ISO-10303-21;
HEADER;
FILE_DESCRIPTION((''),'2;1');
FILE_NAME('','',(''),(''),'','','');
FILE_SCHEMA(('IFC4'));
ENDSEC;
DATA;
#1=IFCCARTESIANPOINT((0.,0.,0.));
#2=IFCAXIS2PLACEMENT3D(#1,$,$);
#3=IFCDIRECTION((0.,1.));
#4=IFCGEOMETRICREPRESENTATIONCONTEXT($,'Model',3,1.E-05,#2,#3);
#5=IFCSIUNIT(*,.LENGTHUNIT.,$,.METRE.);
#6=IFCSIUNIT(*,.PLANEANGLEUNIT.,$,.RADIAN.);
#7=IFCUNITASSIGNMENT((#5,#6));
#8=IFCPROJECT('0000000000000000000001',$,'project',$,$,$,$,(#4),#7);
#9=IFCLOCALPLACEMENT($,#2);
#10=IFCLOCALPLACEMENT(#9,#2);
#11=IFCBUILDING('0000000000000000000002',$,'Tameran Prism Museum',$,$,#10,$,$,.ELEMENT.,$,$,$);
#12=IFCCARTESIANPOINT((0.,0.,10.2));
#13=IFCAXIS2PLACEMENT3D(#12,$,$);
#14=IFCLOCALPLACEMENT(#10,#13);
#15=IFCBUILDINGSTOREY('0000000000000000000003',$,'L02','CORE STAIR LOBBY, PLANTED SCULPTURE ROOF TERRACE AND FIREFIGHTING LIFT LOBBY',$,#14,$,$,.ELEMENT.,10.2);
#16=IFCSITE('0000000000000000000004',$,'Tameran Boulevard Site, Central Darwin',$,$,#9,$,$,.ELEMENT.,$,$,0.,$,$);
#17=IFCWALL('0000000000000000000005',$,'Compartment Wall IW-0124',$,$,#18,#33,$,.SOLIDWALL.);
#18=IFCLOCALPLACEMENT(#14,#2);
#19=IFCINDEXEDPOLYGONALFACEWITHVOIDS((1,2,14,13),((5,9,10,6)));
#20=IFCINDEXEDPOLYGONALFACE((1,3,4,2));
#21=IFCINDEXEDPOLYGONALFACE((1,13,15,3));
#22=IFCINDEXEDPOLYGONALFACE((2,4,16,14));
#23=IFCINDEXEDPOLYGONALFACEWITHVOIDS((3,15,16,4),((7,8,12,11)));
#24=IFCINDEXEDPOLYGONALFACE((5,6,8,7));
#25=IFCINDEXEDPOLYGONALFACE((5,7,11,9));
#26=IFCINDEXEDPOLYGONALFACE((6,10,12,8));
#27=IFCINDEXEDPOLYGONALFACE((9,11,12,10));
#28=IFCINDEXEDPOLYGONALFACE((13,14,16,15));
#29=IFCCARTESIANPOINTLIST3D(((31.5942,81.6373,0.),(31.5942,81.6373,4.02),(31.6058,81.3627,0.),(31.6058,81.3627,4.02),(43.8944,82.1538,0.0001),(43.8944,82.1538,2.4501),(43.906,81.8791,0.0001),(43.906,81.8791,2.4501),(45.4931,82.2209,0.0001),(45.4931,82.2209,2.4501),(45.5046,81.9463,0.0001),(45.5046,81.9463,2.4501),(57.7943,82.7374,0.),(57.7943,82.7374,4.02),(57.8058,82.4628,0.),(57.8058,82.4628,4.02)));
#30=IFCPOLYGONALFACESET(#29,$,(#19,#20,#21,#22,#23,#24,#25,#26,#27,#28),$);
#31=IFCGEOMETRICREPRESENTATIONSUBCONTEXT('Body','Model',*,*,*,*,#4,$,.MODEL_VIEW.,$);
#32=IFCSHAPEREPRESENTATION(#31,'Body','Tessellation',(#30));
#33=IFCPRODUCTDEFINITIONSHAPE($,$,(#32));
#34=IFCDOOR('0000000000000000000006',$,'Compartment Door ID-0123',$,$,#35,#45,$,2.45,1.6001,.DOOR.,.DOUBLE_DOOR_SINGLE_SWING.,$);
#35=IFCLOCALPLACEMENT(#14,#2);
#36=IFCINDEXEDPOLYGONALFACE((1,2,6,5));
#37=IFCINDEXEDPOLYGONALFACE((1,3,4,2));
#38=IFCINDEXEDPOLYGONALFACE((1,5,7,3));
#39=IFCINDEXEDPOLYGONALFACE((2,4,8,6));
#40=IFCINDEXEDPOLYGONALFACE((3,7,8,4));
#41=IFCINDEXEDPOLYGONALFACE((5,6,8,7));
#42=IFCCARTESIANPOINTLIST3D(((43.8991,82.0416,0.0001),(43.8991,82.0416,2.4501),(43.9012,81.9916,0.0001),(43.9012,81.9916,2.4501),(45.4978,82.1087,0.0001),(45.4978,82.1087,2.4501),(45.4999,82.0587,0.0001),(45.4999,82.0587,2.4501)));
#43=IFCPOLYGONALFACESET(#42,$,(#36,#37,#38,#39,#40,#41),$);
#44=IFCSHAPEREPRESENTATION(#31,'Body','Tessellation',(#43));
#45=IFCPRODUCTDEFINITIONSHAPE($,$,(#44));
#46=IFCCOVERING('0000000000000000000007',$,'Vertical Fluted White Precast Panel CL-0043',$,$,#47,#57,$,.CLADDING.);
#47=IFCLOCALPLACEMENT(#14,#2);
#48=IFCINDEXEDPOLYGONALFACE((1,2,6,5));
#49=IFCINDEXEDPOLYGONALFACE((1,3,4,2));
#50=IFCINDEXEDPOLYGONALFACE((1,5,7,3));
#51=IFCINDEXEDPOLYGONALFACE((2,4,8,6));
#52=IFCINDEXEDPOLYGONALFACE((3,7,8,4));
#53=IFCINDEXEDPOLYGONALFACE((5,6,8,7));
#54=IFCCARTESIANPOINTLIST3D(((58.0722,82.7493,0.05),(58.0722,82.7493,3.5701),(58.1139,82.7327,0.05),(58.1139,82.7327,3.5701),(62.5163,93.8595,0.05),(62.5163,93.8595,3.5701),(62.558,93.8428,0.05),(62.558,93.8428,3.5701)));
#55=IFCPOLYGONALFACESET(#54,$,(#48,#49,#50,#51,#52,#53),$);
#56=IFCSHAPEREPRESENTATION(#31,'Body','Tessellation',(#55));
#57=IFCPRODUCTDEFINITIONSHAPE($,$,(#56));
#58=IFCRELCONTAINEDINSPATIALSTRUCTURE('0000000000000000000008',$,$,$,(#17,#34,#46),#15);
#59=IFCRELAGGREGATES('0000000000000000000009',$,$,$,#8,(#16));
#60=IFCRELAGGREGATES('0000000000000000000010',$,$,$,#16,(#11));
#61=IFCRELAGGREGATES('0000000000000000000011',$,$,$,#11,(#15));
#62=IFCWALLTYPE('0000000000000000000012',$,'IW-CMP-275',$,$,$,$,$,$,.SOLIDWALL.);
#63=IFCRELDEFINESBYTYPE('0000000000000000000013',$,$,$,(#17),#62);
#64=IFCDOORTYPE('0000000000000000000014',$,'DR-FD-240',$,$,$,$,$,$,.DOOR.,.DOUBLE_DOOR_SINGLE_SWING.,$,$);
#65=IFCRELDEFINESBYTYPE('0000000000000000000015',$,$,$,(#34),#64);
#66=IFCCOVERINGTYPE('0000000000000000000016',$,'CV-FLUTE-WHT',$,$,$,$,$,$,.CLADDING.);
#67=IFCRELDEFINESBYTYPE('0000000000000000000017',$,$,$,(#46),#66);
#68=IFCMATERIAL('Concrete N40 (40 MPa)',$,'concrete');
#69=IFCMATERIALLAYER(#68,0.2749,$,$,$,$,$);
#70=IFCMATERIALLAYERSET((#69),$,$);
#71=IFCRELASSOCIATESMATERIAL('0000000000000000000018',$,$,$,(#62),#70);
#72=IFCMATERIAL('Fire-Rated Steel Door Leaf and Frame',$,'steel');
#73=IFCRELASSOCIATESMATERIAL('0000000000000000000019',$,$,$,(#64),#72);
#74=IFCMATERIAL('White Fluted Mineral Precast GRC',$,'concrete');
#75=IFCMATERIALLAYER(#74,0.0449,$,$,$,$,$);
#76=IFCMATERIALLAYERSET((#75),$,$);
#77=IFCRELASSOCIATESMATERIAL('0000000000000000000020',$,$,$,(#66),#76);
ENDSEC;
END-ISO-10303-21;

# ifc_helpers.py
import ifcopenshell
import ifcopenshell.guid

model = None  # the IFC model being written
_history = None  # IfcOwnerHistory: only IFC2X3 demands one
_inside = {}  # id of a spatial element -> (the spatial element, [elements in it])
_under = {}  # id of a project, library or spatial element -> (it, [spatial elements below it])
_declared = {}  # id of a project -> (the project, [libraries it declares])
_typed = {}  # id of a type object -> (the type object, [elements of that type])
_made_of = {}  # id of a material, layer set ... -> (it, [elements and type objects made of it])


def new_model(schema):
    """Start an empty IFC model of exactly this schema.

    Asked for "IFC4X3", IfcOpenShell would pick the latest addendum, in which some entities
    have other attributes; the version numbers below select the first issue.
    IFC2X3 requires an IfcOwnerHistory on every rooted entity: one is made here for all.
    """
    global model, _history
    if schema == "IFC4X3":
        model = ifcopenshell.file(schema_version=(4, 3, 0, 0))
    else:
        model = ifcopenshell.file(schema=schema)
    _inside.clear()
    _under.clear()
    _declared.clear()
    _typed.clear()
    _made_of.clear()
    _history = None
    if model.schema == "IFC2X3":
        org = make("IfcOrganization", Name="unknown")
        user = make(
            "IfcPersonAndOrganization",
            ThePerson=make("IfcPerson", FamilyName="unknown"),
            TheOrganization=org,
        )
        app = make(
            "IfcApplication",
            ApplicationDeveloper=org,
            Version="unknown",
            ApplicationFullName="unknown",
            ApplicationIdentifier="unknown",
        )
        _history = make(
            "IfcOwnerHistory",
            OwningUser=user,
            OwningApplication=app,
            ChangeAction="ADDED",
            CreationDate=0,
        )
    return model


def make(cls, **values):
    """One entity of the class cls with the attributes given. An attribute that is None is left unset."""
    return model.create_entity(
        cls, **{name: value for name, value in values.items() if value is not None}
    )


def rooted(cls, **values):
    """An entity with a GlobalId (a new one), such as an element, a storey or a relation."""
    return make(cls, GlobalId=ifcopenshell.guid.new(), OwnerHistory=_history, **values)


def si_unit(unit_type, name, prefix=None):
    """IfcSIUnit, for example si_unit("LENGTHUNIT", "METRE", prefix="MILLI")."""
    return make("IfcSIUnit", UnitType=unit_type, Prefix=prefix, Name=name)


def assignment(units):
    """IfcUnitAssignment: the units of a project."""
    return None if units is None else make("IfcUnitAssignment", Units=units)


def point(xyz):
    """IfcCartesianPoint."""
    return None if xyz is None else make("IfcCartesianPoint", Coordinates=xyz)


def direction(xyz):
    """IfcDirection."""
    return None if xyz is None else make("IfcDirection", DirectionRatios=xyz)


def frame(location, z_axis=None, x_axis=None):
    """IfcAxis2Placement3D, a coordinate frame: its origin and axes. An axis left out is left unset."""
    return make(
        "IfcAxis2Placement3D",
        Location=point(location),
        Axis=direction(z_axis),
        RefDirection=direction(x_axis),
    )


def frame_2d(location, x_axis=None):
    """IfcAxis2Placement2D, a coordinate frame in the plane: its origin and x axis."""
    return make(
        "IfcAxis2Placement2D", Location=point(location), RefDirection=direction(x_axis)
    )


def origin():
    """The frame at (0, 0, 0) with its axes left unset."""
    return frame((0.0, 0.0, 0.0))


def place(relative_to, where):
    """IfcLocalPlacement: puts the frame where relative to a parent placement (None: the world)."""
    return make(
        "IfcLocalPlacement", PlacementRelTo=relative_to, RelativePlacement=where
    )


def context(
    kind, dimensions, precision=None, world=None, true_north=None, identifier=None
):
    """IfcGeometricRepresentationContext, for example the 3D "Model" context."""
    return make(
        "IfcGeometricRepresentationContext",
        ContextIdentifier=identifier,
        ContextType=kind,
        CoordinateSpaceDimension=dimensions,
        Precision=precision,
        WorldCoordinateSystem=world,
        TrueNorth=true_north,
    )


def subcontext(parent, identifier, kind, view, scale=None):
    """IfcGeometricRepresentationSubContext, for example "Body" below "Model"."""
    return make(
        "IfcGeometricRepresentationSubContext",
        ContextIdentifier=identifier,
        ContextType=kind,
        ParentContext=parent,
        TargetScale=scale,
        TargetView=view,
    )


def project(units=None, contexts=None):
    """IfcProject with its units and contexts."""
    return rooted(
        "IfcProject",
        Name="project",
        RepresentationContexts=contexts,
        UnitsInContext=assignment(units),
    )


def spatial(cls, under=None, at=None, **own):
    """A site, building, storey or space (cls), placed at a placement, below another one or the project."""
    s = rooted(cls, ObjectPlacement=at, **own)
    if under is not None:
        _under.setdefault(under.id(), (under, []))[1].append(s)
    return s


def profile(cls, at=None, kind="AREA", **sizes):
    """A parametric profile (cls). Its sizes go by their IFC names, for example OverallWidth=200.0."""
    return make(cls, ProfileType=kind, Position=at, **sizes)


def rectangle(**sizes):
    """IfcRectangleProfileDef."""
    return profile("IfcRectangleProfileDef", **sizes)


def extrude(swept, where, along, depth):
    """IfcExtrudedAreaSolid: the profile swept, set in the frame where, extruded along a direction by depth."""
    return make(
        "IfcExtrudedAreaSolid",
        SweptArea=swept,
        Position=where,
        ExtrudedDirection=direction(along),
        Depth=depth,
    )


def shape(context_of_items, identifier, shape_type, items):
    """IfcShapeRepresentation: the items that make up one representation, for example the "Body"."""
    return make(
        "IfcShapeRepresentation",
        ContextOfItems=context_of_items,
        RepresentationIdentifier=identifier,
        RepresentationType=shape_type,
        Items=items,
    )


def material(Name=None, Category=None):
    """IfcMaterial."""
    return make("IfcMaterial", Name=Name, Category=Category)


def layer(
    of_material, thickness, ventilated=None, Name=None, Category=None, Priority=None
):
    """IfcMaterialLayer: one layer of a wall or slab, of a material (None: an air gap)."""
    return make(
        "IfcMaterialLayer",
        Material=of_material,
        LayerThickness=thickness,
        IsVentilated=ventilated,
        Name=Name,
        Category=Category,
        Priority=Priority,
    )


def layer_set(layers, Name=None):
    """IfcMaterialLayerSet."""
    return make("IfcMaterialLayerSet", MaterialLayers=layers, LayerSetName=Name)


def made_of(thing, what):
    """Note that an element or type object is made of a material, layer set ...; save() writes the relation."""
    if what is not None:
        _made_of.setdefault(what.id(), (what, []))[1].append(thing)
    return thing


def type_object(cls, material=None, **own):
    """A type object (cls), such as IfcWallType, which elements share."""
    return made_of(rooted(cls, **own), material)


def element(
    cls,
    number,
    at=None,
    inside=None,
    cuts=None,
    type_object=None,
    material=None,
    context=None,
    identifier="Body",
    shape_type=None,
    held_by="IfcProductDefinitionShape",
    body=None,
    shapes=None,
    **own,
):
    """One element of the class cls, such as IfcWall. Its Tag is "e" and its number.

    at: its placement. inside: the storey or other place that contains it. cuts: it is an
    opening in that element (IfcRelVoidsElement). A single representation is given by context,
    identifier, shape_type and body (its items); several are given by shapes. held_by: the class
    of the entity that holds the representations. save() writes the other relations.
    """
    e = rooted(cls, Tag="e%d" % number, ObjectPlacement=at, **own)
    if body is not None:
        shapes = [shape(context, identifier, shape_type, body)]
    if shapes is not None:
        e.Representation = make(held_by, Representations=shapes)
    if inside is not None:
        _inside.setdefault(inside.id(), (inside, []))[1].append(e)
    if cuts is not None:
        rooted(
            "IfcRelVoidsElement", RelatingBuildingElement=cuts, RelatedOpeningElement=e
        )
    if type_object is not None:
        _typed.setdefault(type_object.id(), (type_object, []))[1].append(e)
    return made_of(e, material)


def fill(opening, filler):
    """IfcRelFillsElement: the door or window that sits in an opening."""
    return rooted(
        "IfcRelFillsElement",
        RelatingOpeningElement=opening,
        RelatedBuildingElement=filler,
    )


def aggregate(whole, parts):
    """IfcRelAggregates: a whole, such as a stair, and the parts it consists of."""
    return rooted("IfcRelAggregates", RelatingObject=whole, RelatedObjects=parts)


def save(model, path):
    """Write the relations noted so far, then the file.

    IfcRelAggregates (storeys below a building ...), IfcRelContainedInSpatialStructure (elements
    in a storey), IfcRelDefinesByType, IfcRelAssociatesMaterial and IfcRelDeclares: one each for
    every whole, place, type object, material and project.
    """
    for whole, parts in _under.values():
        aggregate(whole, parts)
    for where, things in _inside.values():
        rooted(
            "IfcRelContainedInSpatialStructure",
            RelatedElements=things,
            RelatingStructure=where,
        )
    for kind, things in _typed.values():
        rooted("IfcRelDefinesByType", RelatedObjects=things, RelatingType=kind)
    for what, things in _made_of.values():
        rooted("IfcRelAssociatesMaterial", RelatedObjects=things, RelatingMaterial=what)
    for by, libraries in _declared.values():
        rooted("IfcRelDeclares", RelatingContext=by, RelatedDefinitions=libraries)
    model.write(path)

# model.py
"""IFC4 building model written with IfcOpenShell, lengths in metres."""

from ifc_helpers import new_model, si_unit, direction, frame, frame_2d, origin, place, context, subcontext, project, spatial, rectangle, extrude, material, layer, layer_set, type_object, element, fill, save


model = new_model("IFC4")

# Units and contexts
model_context = context("Model", 3, precision=1e-05, world=origin(), true_north=direction((0.0, 1.0)))
body_context = subcontext(model_context, "Body", "Model", "MODEL_VIEW")
ifc_project = project(units=[si_unit("LENGTHUNIT", "METRE"), si_unit("PLANEANGLEUNIT", "RADIAN")], contexts=[model_context])

# Site, building, storey
site_placement = place(None, origin())
site = spatial("IfcSite", under=ifc_project, at=site_placement, Name="Tameran Boulevard Site, Central Darwin", CompositionType="ELEMENT", RefElevation=0.0)
building_placement = place(site_placement, origin())
building = spatial("IfcBuilding", under=site, at=building_placement, Name="Tameran Prism Museum", CompositionType="ELEMENT")
storey_placement = place(building_placement, frame((0.0, 0.0, 10.2)))
storey = spatial("IfcBuildingStorey", under=building, at=storey_placement, Name="L02", Description="CORE STAIR LOBBY, PLANTED SCULPTURE ROOF TERRACE AND FIREFIGHTING LIFT LOBBY", CompositionType="ELEMENT", Elevation=10.2)

# Wall, opening, door
ifc_material_1 = material(Name="Concrete N40 (40 MPa)", Category="concrete")
ifc_layer_1 = layer(ifc_material_1, 0.2749)
ifc_layer_set_1 = layer_set([ifc_layer_1])
wall_type_1 = type_object("IfcWallType", Name="IW-CMP-275", PredefinedType="SOLIDWALL", material=ifc_layer_set_1)
wall_1_placement = place(storey_placement, frame((57.8, 82.6001, 0.0), z_axis=(0.0, 0.0, 1.0), x_axis=(-0.99912, -0.041952, 0.0)))
wall_1 = element("IfcWall", 1, at=wall_1_placement, inside=storey, type_object=wall_type_1, Name="Compartment Wall IW-0124", PredefinedType="SOLIDWALL", context=body_context, shape_type="SweptSolid", body=[
    extrude(rectangle(XDim=26.2231, YDim=0.2749, at=frame_2d((13.1116, 0.0))), origin(), (0.0, 0.0, 1.0), 4.02),
])
opening_placement = place(wall_1_placement, frame((12.312, 0.0, 0.0)))
opening = element("IfcOpeningElement", 2, at=opening_placement, cuts=wall_1, PredefinedType="OPENING", context=body_context, shape_type="SweptSolid", body=[
    extrude(rectangle(XDim=1.6001, YDim=2.45, at=frame_2d((0.8, 1.2251))), frame((0.0, 0.1475, 0.0), z_axis=(0.0, -1.0, 0.0), x_axis=(1.0, 0.0, 0.0)), (0.0, 0.0, 1.0), 0.2949),
])
ifc_material_2 = material(Name="Fire-Rated Steel Door Leaf and Frame", Category="steel")
door_type = type_object("IfcDoorType", Name="DR-FD-240", OperationType="DOUBLE_DOOR_SINGLE_SWING", PredefinedType="DOOR", material=ifc_material_2)
door_placement = place(opening_placement, origin())
door = element("IfcDoor", 3, at=door_placement, inside=storey, type_object=door_type, Name="Compartment Door ID-0123", OperationType="DOUBLE_DOOR_SINGLE_SWING", OverallHeight=2.45, OverallWidth=1.6001, PredefinedType="DOOR", context=body_context, shape_type="SweptSolid", body=[
    extrude(rectangle(XDim=1.6001, YDim=2.45, at=frame_2d((0.8, 1.2251))), frame((0.0, 0.0249, 0.0), z_axis=(0.0, -1.0, 0.0), x_axis=(1.0, 0.0, 0.0)), (0.0, 0.0, 1.0), 0.05),
])
fill(opening, door)

# Covering
ifc_material_3 = material(Name="White Fluted Mineral Precast GRC", Category="concrete")
ifc_layer_2 = layer(ifc_material_3, 0.0449)
ifc_layer_set_2 = layer_set([ifc_layer_2])
covering_type = type_object("IfcCoveringType", Name="CV-FLUTE-WHT", PredefinedType="CLADDING", material=ifc_layer_set_2)
covering_placement = place(storey_placement, frame((62.5371, 93.8511, 0.05), z_axis=(0.0, 0.0, 1.0), x_axis=(-0.371394, -0.928475, 0.0)))
element("IfcCovering", 4, at=covering_placement, inside=storey, type_object=covering_type, Name="Vertical Fluted White Precast Panel CL-0043", PredefinedType="CLADDING", context=body_context, shape_type="SweptSolid", body=[
    extrude(rectangle(XDim=11.9661, YDim=0.0449, at=frame_2d((5.9829, 0.0))), origin(), (0.0, 0.0, 1.0), 3.52),
])

save(model, "model.ifc")
